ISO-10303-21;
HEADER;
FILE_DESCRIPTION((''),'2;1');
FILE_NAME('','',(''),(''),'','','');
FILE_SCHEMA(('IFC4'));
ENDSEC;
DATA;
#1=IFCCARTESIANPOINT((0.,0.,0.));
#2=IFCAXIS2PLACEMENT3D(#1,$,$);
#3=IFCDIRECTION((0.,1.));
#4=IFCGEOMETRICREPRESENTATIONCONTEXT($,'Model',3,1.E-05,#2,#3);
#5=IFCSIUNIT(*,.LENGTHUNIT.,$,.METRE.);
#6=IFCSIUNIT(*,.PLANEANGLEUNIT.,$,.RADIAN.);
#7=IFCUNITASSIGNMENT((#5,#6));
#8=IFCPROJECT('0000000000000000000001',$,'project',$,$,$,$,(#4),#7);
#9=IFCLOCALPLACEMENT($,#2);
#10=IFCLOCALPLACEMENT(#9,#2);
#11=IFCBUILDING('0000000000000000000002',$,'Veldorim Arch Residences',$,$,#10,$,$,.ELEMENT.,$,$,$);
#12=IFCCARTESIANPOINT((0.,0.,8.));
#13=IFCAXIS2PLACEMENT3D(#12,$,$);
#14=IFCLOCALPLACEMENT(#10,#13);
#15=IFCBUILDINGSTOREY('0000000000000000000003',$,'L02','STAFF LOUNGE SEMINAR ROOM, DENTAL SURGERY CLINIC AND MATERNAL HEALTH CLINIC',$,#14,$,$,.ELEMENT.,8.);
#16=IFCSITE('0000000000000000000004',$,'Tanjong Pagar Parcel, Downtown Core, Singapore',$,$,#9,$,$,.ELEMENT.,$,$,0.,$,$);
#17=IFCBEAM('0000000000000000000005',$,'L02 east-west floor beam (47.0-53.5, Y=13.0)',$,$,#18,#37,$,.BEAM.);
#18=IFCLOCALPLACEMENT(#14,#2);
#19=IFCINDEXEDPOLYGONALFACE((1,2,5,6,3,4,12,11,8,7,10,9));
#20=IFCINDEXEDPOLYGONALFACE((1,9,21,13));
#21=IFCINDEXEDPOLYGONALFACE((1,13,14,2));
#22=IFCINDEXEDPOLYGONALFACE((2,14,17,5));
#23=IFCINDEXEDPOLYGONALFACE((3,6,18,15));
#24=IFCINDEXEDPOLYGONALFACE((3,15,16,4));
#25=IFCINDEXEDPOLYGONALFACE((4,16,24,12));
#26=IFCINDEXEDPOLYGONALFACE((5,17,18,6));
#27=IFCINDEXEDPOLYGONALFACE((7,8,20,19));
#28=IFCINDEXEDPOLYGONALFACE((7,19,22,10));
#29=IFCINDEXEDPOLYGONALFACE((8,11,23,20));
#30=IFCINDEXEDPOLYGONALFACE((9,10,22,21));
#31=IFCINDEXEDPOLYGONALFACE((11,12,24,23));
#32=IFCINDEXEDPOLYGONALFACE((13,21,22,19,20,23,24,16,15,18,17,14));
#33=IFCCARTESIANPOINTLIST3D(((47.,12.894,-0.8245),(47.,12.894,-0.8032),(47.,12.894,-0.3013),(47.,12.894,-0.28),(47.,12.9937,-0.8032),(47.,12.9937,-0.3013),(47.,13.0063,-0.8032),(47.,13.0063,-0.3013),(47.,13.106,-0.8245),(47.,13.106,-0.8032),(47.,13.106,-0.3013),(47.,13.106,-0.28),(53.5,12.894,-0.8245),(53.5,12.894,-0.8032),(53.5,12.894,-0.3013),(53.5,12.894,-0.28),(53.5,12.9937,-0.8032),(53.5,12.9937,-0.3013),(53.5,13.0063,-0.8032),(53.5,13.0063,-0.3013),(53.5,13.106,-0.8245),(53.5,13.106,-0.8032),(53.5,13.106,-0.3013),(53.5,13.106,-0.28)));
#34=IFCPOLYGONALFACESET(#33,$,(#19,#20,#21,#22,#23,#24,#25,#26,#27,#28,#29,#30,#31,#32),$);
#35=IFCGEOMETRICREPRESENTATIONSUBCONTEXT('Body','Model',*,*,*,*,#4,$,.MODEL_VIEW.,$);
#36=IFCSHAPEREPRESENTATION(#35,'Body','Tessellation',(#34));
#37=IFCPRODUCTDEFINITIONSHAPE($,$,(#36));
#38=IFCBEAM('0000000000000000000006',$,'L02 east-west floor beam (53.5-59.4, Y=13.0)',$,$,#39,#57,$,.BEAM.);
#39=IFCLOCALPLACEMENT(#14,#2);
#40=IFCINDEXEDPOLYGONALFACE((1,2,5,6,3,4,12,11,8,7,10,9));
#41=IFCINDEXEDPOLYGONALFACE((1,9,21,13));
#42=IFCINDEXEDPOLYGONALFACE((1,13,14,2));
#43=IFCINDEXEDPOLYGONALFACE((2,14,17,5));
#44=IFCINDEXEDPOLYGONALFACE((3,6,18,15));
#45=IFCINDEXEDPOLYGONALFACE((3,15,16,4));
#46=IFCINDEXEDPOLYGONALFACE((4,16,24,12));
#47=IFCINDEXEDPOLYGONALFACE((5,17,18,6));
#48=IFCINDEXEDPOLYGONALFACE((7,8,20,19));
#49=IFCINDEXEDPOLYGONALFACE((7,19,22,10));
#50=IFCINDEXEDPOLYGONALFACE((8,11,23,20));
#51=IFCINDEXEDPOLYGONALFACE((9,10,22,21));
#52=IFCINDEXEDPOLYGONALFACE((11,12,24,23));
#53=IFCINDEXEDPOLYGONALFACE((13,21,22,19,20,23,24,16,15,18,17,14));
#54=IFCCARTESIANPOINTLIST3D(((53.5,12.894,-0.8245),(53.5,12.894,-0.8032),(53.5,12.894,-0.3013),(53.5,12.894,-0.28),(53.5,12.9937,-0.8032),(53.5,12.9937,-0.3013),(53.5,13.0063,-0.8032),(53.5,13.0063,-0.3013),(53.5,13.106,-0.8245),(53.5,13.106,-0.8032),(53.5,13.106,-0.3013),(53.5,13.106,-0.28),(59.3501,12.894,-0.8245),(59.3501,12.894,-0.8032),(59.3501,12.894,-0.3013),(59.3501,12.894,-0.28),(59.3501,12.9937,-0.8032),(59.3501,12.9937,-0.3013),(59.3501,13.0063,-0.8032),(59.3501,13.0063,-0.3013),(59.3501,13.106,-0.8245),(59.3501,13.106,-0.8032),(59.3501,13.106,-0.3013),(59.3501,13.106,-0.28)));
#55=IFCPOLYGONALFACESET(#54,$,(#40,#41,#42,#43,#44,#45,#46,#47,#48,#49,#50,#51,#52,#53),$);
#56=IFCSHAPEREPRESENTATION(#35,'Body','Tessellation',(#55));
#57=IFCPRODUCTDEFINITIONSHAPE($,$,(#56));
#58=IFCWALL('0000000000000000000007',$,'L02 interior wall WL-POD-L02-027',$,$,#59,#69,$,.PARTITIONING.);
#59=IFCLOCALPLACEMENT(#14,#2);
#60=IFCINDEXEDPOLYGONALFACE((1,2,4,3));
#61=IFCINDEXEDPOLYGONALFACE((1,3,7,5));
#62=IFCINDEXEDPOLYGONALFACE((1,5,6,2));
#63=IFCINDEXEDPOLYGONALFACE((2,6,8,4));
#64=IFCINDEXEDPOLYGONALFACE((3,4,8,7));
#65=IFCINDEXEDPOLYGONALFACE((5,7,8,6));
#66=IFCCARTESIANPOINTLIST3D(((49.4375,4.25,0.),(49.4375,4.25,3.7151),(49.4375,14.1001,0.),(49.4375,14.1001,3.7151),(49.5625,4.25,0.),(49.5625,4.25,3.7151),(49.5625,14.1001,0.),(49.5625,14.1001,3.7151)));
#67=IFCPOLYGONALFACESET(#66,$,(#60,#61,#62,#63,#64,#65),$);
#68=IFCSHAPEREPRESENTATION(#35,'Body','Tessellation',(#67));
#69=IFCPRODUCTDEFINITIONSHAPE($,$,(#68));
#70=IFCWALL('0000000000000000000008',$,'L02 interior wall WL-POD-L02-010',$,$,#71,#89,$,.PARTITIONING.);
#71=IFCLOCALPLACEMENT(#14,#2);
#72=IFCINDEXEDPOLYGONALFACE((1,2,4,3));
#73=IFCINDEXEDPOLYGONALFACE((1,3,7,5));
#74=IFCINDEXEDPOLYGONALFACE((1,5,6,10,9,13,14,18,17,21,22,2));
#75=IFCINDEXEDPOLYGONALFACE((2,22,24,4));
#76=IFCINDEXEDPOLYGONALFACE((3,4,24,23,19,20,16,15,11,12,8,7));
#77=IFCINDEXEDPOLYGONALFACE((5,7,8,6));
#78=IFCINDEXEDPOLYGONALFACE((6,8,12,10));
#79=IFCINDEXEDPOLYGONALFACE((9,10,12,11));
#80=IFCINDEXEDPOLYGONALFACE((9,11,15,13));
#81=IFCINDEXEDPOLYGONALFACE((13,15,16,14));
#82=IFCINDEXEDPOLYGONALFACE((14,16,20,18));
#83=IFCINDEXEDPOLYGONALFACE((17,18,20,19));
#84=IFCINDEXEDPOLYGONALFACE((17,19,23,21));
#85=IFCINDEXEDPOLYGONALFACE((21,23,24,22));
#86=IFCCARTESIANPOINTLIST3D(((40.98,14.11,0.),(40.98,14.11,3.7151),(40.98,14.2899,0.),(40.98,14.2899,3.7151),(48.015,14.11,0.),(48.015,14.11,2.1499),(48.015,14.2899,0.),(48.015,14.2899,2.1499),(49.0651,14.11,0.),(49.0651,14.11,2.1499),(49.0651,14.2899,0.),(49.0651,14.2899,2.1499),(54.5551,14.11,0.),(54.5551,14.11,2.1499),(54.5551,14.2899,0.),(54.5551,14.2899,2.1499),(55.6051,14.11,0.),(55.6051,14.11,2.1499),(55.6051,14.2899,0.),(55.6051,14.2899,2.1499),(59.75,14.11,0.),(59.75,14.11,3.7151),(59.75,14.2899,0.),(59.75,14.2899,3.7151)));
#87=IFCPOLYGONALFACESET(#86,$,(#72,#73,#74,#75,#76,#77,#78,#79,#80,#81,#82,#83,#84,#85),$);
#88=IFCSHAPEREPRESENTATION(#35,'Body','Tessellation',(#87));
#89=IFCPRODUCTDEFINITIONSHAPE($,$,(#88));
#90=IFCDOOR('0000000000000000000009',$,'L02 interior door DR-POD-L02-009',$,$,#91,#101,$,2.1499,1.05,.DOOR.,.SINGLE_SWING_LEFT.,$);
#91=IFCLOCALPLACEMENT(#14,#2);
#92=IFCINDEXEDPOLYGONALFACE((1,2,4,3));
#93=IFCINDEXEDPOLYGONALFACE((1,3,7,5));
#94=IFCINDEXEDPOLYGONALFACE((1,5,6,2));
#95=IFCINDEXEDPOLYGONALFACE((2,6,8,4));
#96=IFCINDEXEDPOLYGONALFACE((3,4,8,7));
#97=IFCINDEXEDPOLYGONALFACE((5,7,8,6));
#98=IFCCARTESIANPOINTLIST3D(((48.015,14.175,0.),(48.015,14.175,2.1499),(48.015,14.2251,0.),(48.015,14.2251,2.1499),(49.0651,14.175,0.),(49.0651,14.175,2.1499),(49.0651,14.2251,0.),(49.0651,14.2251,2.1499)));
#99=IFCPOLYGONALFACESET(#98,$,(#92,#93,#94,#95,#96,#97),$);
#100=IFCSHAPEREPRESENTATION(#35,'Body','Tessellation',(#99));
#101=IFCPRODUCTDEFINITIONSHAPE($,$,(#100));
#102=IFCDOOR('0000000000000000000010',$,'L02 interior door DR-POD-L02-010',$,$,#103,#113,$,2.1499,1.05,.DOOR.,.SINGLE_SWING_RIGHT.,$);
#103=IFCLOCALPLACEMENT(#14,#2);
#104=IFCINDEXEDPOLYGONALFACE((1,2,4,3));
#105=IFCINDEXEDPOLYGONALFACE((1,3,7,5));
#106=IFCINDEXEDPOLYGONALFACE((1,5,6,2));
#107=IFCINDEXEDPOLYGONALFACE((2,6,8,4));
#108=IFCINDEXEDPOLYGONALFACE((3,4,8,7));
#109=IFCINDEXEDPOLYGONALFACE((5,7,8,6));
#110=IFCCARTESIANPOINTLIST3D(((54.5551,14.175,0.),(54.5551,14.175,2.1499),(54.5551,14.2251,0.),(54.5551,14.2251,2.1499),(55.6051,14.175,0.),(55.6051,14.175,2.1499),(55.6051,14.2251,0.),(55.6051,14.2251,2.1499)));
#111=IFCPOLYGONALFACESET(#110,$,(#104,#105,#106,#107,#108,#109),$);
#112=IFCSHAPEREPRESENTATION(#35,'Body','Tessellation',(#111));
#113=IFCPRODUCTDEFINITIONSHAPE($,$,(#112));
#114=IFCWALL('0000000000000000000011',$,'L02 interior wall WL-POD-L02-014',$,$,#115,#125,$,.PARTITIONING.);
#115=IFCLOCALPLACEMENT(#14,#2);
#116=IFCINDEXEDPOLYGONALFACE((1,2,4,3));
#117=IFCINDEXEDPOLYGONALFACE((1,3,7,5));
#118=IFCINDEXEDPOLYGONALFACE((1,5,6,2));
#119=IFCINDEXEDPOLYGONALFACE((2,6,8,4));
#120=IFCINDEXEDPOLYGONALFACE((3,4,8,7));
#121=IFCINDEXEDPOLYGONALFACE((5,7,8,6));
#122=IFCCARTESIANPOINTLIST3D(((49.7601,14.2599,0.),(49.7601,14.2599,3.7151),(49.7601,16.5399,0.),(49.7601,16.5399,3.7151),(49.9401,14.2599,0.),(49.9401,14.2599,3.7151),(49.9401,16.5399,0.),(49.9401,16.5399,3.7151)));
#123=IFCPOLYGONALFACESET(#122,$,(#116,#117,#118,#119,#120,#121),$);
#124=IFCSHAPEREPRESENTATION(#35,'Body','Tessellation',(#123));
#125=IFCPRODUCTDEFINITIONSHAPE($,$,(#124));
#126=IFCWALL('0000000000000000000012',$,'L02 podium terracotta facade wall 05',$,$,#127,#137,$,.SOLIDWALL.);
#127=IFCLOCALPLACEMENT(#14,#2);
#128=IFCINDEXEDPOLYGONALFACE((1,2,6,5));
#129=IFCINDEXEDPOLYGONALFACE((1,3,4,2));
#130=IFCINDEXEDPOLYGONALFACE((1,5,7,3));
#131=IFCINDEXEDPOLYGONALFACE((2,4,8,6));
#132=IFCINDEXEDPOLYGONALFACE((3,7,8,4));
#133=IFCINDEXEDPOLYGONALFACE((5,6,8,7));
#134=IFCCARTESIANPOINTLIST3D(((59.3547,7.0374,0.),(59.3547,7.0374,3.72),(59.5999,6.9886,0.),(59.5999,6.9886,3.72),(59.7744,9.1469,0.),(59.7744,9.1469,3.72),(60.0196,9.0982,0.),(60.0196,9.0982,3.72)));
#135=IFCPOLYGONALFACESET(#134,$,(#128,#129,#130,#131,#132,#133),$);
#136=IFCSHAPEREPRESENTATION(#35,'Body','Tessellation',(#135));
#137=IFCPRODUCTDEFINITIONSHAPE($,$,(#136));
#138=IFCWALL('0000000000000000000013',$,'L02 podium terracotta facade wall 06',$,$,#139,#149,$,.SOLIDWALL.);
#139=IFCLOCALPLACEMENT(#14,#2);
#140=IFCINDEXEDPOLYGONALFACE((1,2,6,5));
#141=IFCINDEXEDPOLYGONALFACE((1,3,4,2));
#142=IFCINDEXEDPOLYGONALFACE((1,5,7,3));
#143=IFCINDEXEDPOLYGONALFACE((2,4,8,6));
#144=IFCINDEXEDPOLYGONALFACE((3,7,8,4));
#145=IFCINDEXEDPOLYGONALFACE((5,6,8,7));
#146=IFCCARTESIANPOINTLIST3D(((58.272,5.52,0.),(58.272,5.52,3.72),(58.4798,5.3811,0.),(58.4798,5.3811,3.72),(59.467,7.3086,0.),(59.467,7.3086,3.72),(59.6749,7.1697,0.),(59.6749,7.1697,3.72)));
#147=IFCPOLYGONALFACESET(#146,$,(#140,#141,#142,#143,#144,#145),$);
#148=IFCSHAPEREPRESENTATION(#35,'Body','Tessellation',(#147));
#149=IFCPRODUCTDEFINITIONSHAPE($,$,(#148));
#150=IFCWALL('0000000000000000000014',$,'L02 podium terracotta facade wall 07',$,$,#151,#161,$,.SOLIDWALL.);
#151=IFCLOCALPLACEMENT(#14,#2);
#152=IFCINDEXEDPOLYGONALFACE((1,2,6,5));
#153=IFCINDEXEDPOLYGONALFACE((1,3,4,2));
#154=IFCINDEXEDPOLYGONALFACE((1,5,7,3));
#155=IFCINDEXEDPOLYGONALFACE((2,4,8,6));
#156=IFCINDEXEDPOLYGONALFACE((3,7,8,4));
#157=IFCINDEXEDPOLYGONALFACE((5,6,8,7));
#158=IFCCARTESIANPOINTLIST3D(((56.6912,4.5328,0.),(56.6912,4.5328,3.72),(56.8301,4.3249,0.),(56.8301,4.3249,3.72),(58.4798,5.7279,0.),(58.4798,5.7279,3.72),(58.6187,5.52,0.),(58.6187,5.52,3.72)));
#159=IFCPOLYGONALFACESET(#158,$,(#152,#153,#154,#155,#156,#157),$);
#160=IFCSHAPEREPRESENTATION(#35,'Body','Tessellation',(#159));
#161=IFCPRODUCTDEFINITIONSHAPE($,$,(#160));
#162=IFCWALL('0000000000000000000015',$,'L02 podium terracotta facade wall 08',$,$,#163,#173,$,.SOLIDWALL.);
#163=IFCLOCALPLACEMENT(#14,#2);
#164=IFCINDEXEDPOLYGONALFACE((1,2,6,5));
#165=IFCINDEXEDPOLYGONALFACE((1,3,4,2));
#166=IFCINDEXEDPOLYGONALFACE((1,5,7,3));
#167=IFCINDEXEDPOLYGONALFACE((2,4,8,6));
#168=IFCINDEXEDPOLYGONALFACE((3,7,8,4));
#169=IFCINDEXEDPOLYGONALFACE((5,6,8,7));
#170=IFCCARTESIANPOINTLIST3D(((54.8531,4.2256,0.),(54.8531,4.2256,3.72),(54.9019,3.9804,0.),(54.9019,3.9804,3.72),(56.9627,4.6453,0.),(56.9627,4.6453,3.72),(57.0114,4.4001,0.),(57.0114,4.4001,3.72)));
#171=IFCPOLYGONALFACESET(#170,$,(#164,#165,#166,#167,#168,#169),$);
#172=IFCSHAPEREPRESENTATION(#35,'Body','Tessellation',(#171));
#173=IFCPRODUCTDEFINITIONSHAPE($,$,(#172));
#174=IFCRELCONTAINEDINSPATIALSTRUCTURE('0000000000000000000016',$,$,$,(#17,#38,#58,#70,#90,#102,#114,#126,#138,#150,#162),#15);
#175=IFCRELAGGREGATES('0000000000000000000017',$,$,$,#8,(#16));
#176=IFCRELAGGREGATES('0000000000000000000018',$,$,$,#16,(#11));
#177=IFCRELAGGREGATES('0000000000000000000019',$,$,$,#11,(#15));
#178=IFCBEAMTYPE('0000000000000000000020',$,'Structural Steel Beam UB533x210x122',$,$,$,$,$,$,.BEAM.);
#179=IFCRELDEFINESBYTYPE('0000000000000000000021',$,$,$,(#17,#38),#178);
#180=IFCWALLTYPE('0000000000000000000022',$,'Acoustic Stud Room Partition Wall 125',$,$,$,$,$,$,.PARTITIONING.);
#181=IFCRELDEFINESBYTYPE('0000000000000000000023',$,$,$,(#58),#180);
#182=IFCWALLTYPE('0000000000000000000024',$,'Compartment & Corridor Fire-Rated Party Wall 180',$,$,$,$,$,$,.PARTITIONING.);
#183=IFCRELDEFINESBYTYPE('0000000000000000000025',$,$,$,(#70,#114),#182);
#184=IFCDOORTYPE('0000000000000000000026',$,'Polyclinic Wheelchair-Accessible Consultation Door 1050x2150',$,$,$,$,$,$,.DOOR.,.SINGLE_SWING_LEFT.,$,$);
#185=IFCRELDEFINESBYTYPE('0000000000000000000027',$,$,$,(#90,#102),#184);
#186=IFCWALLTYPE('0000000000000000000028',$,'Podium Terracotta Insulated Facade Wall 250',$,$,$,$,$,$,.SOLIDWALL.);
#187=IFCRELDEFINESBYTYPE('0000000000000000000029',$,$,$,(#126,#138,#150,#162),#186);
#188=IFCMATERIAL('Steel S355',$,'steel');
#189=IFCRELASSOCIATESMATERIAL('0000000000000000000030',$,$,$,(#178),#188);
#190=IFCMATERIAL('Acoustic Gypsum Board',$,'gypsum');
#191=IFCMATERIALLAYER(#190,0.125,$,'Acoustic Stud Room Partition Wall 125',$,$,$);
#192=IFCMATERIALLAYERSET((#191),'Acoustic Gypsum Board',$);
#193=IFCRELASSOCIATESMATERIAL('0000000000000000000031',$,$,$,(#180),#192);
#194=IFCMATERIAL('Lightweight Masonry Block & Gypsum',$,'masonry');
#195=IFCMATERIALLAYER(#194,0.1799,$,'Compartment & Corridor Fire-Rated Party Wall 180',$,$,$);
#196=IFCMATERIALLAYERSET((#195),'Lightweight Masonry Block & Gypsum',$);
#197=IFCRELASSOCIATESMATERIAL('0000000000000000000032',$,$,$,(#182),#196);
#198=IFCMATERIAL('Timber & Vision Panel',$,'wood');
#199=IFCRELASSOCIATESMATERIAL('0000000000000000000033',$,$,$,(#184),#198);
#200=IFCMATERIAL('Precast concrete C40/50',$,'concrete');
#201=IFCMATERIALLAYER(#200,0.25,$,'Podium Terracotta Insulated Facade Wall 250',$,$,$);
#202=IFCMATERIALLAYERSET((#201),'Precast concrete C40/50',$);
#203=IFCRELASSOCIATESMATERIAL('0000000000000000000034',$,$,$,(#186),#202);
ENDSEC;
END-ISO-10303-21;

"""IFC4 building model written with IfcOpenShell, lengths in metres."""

from ifc_helpers import new_model, si_unit, direction, frame, frame_2d, origin, origin_2d, place, context, subcontext, project, spatial, rectangle, i_section, extrude, material, layer, layer_set, material_profile, profile_set, type_object, element, fill, save


model = new_model("IFC4")

# Units and contexts
model_context = context("Model", 3, precision=1e-05, world=origin(), true_north=direction((0.0, 1.0)))
body_context = subcontext(model_context, "Body", "Model", "MODEL_VIEW")
ifc_project = project(units=[si_unit("LENGTHUNIT", "METRE"), si_unit("PLANEANGLEUNIT", "RADIAN")], contexts=[model_context])

# Site, building, storey
site_placement = place(None, origin())
site = spatial("IfcSite", under=ifc_project, at=site_placement, Name="Tanjong Pagar Parcel, Downtown Core, Singapore", CompositionType="ELEMENT", RefElevation=0.0)
building_placement = place(site_placement, origin())
building = spatial("IfcBuilding", under=site, at=building_placement, Name="Veldorim Arch Residences", CompositionType="ELEMENT")
storey_placement = place(building_placement, frame((0.0, 0.0, 8.0)))
storey = spatial("IfcBuildingStorey", under=building, at=storey_placement, Name="L02", Description="STAFF LOUNGE SEMINAR ROOM, DENTAL SURGERY CLINIC AND MATERNAL HEALTH CLINIC", CompositionType="ELEMENT", Elevation=8.0)

# Beams
ifc_material_1 = material(Name="Steel S355", Category="steel")
ifc_material_profile_1 = material_profile(ifc_material_1, i_section(OverallWidth=0.2119, OverallDepth=0.5444, WebThickness=0.0127, FlangeThickness=0.0212, at=origin_2d()), Name="UB533x210x122")
ifc_profile_set_1 = profile_set([ifc_material_profile_1], Name="Steel S355")
beam_type_1 = type_object("IfcBeamType", Name="Structural Steel Beam UB533x210x122", PredefinedType="BEAM", material=ifc_profile_set_1)
for number, where, z_axis, x_axis, name in (
    (1, (47.0, 13.0, -0.5522), (1.0, 0.0, 0.0), (0.0, 1.0, 0.0), "L02 east-west floor beam (47.0-53.5, Y=13.0)"),
):
    element("IfcBeam", number, at=place(storey_placement, frame(where, z_axis=z_axis, x_axis=x_axis)), inside=storey, type_object=beam_type_1, Name=name, PredefinedType="BEAM", context=body_context, shape_type="SweptSolid", body=[
        extrude(i_section(OverallWidth=0.2119, OverallDepth=0.5444, WebThickness=0.0127, FlangeThickness=0.0212, at=origin_2d()), origin(), (0.0, 0.0, 1.0), 6.5),
    ])
beam_1_placement = place(storey_placement, frame((53.5, 13.0, -0.5522), z_axis=(1.0, 0.0, 0.0), x_axis=(0.0, 1.0, 0.0)))
element("IfcBeam", 2, at=beam_1_placement, inside=storey, type_object=beam_type_1, Name="L02 east-west floor beam (53.5-59.4, Y=13.0)", PredefinedType="BEAM", context=body_context, shape_type="SweptSolid", body=[
    extrude(i_section(OverallWidth=0.2119, OverallDepth=0.5444, WebThickness=0.0127, FlangeThickness=0.0212, at=origin_2d()), origin(), (0.0, 0.0, 1.0), 5.8501),
])

# Wall
ifc_material_2 = material(Name="Acoustic Gypsum Board", Category="gypsum")
ifc_layer_1 = layer(ifc_material_2, 0.125, Name="Acoustic Stud Room Partition Wall 125")
ifc_layer_set_1 = layer_set([ifc_layer_1], Name="Acoustic Gypsum Board")
wall_type_1 = type_object("IfcWallType", Name="Acoustic Stud Room Partition Wall 125", PredefinedType="PARTITIONING", material=ifc_layer_set_1)
wall_1_placement = place(storey_placement, frame((49.5, 14.1001, 0.0), z_axis=(0.0, 0.0, 1.0), x_axis=(0.0, -1.0, 0.0)))
element("IfcWall", 3, at=wall_1_placement, inside=storey, type_object=wall_type_1, Name="L02 interior wall WL-POD-L02-027", PredefinedType="PARTITIONING", context=body_context, shape_type="SweptSolid", body=[
    extrude(rectangle(XDim=9.8501, YDim=0.125, at=frame_2d((4.925, 0.0))), origin(), (0.0, 0.0, 1.0), 3.7151),
])

# Wall, openings, doors
ifc_material_3 = material(Name="Lightweight Masonry Block & Gypsum", Category="masonry")
ifc_layer_2 = layer(ifc_material_3, 0.1799, Name="Compartment & Corridor Fire-Rated Party Wall 180")
ifc_layer_set_2 = layer_set([ifc_layer_2], Name="Lightweight Masonry Block & Gypsum")
wall_type_2 = type_object("IfcWallType", Name="Compartment & Corridor Fire-Rated Party Wall 180", PredefinedType="PARTITIONING", material=ifc_layer_set_2)
wall_2_placement = place(storey_placement, frame((59.75, 14.2, 0.0), z_axis=(0.0, 0.0, 1.0), x_axis=(-1.0, 0.0, 0.0)))
wall_2 = element("IfcWall", 4, at=wall_2_placement, inside=storey, type_object=wall_type_2, Name="L02 interior wall WL-POD-L02-010", PredefinedType="PARTITIONING", context=body_context, shape_type="SweptSolid", body=[
    extrude(rectangle(XDim=18.77, YDim=0.1799, at=frame_2d((9.385, 0.0))), origin(), (0.0, 0.0, 1.0), 3.7151),
])
opening_1_placement = place(wall_2_placement, frame((10.6851, 0.0, 0.0)))
opening_1 = element("IfcOpeningElement", 5, at=opening_1_placement, cuts=wall_2, PredefinedType="OPENING", context=body_context, shape_type="SweptSolid", body=[
    extrude(rectangle(XDim=1.05, YDim=2.1499, at=frame_2d((0.5249, 1.075))), frame((0.0, 0.0999, 0.0), z_axis=(0.0, -1.0, 0.0), x_axis=(1.0, 0.0, 0.0)), (0.0, 0.0, 1.0), 0.2),
])
opening_2_placement = place(wall_2_placement, frame((4.145, 0.0, 0.0)))
opening_2 = element("IfcOpeningElement", 6, at=opening_2_placement, cuts=wall_2, PredefinedType="OPENING", context=body_context, shape_type="SweptSolid", body=[
    extrude(rectangle(XDim=1.05, YDim=2.1499, at=frame_2d((0.5249, 1.075))), frame((0.0, 0.0999, 0.0), z_axis=(0.0, -1.0, 0.0), x_axis=(1.0, 0.0, 0.0)), (0.0, 0.0, 1.0), 0.2),
])
ifc_material_4 = material(Name="Timber & Vision Panel", Category="wood")
door_type = type_object("IfcDoorType", Name="Polyclinic Wheelchair-Accessible Consultation Door 1050x2150", OperationType="SINGLE_SWING_LEFT", PredefinedType="DOOR", material=ifc_material_4)
door_1_placement = place(opening_1_placement, origin())
door_1 = element("IfcDoor", 7, at=door_1_placement, inside=storey, type_object=door_type, Name="L02 interior door DR-POD-L02-009", OperationType="SINGLE_SWING_LEFT", OverallHeight=2.1499, OverallWidth=1.05, PredefinedType="DOOR", context=body_context, shape_type="SweptSolid", body=[
    extrude(rectangle(XDim=1.05, YDim=2.1499, at=frame_2d((0.5249, 1.075))), frame((0.0, 0.0249, 0.0), z_axis=(0.0, -1.0, 0.0), x_axis=(1.0, 0.0, 0.0)), (0.0, 0.0, 1.0), 0.05),
])
fill(opening_1, door_1)
door_2_placement = place(opening_2_placement, origin())
door_2 = element("IfcDoor", 8, at=door_2_placement, inside=storey, type_object=door_type, Name="L02 interior door DR-POD-L02-010", OperationType="SINGLE_SWING_RIGHT", OverallHeight=2.1499, OverallWidth=1.05, PredefinedType="DOOR", context=body_context, shape_type="SweptSolid", body=[
    extrude(rectangle(XDim=1.05, YDim=2.1499, at=frame_2d((0.5249, 1.075))), frame((0.0, 0.0249, 0.0), z_axis=(0.0, -1.0, 0.0), x_axis=(1.0, 0.0, 0.0)), (0.0, 0.0, 1.0), 0.05),
])
fill(opening_2, door_2)

# Walls
wall_3_placement = place(storey_placement, frame((49.8501, 16.54, 0.0), z_axis=(0.0, 0.0, 1.0), x_axis=(0.0, -1.0, 0.0)))
element("IfcWall", 9, at=wall_3_placement, inside=storey, type_object=wall_type_2, Name="L02 interior wall WL-POD-L02-014", PredefinedType="PARTITIONING", context=body_context, shape_type="SweptSolid", body=[
    extrude(rectangle(XDim=2.28, YDim=0.1799, at=frame_2d((1.1401, 0.0))), origin(), (0.0, 0.0, 1.0), 3.7151),
])
ifc_material_5 = material(Name="Precast concrete C40/50", Category="concrete")
ifc_layer_3 = layer(ifc_material_5, 0.25, Name="Podium Terracotta Insulated Facade Wall 250")
ifc_layer_set_3 = layer_set([ifc_layer_3], Name="Precast concrete C40/50")
wall_type_3 = type_object("IfcWallType", Name="Podium Terracotta Insulated Facade Wall 250", PredefinedType="SOLIDWALL", material=ifc_layer_set_3)
wall_4_placement = place(storey_placement, frame((59.897, 9.1226, 0.0), z_axis=(0.0, 0.0, 1.0), x_axis=(-0.195112, -0.980781, 0.0)))
element("IfcWall", 10, at=wall_4_placement, inside=storey, type_object=wall_type_3, Name="L02 podium terracotta facade wall 05", PredefinedType="SOLIDWALL", context=body_context, shape_type="SweptSolid", body=[
    extrude(rectangle(XDim=2.1509, YDim=0.25, at=frame_2d((1.0754, 0.0))), origin(), (0.0, 0.0, 1.0), 3.72),
])
for number, where, z_axis, x_axis, name in (
    (11, (59.571, 7.2393, 0.0), (0.0, 0.0, 1.0), (-0.555564, -0.831474, 0.0), "L02 podium terracotta facade wall 06"),
    (12, (58.5493, 5.624, 0.0), (0.0, 0.0, 1.0), (-0.831474, -0.555564, 0.0), "L02 podium terracotta facade wall 07"),
):
    element("IfcWall", number, at=place(storey_placement, frame(where, z_axis=z_axis, x_axis=x_axis)), inside=storey, type_object=wall_type_3, Name=name, PredefinedType="SOLIDWALL", context=body_context, shape_type="SweptSolid", body=[
        extrude(rectangle(XDim=2.1511, YDim=0.25, at=frame_2d((1.0757, 0.0))), origin(), (0.0, 0.0, 1.0), 3.72),
    ])
wall_5_placement = place(storey_placement, frame((56.9871, 4.5227, 0.0), z_axis=(0.0, 0.0, 1.0), x_axis=(-0.980781, -0.195112, 0.0)))
element("IfcWall", 13, at=wall_5_placement, inside=storey, type_object=wall_type_3, Name="L02 podium terracotta facade wall 08", PredefinedType="SOLIDWALL", context=body_context, shape_type="SweptSolid", body=[
    extrude(rectangle(XDim=2.1509, YDim=0.25, at=frame_2d((1.0754, 0.0))), origin(), (0.0, 0.0, 1.0), 3.72),
])

save(model, "model.ifc")
